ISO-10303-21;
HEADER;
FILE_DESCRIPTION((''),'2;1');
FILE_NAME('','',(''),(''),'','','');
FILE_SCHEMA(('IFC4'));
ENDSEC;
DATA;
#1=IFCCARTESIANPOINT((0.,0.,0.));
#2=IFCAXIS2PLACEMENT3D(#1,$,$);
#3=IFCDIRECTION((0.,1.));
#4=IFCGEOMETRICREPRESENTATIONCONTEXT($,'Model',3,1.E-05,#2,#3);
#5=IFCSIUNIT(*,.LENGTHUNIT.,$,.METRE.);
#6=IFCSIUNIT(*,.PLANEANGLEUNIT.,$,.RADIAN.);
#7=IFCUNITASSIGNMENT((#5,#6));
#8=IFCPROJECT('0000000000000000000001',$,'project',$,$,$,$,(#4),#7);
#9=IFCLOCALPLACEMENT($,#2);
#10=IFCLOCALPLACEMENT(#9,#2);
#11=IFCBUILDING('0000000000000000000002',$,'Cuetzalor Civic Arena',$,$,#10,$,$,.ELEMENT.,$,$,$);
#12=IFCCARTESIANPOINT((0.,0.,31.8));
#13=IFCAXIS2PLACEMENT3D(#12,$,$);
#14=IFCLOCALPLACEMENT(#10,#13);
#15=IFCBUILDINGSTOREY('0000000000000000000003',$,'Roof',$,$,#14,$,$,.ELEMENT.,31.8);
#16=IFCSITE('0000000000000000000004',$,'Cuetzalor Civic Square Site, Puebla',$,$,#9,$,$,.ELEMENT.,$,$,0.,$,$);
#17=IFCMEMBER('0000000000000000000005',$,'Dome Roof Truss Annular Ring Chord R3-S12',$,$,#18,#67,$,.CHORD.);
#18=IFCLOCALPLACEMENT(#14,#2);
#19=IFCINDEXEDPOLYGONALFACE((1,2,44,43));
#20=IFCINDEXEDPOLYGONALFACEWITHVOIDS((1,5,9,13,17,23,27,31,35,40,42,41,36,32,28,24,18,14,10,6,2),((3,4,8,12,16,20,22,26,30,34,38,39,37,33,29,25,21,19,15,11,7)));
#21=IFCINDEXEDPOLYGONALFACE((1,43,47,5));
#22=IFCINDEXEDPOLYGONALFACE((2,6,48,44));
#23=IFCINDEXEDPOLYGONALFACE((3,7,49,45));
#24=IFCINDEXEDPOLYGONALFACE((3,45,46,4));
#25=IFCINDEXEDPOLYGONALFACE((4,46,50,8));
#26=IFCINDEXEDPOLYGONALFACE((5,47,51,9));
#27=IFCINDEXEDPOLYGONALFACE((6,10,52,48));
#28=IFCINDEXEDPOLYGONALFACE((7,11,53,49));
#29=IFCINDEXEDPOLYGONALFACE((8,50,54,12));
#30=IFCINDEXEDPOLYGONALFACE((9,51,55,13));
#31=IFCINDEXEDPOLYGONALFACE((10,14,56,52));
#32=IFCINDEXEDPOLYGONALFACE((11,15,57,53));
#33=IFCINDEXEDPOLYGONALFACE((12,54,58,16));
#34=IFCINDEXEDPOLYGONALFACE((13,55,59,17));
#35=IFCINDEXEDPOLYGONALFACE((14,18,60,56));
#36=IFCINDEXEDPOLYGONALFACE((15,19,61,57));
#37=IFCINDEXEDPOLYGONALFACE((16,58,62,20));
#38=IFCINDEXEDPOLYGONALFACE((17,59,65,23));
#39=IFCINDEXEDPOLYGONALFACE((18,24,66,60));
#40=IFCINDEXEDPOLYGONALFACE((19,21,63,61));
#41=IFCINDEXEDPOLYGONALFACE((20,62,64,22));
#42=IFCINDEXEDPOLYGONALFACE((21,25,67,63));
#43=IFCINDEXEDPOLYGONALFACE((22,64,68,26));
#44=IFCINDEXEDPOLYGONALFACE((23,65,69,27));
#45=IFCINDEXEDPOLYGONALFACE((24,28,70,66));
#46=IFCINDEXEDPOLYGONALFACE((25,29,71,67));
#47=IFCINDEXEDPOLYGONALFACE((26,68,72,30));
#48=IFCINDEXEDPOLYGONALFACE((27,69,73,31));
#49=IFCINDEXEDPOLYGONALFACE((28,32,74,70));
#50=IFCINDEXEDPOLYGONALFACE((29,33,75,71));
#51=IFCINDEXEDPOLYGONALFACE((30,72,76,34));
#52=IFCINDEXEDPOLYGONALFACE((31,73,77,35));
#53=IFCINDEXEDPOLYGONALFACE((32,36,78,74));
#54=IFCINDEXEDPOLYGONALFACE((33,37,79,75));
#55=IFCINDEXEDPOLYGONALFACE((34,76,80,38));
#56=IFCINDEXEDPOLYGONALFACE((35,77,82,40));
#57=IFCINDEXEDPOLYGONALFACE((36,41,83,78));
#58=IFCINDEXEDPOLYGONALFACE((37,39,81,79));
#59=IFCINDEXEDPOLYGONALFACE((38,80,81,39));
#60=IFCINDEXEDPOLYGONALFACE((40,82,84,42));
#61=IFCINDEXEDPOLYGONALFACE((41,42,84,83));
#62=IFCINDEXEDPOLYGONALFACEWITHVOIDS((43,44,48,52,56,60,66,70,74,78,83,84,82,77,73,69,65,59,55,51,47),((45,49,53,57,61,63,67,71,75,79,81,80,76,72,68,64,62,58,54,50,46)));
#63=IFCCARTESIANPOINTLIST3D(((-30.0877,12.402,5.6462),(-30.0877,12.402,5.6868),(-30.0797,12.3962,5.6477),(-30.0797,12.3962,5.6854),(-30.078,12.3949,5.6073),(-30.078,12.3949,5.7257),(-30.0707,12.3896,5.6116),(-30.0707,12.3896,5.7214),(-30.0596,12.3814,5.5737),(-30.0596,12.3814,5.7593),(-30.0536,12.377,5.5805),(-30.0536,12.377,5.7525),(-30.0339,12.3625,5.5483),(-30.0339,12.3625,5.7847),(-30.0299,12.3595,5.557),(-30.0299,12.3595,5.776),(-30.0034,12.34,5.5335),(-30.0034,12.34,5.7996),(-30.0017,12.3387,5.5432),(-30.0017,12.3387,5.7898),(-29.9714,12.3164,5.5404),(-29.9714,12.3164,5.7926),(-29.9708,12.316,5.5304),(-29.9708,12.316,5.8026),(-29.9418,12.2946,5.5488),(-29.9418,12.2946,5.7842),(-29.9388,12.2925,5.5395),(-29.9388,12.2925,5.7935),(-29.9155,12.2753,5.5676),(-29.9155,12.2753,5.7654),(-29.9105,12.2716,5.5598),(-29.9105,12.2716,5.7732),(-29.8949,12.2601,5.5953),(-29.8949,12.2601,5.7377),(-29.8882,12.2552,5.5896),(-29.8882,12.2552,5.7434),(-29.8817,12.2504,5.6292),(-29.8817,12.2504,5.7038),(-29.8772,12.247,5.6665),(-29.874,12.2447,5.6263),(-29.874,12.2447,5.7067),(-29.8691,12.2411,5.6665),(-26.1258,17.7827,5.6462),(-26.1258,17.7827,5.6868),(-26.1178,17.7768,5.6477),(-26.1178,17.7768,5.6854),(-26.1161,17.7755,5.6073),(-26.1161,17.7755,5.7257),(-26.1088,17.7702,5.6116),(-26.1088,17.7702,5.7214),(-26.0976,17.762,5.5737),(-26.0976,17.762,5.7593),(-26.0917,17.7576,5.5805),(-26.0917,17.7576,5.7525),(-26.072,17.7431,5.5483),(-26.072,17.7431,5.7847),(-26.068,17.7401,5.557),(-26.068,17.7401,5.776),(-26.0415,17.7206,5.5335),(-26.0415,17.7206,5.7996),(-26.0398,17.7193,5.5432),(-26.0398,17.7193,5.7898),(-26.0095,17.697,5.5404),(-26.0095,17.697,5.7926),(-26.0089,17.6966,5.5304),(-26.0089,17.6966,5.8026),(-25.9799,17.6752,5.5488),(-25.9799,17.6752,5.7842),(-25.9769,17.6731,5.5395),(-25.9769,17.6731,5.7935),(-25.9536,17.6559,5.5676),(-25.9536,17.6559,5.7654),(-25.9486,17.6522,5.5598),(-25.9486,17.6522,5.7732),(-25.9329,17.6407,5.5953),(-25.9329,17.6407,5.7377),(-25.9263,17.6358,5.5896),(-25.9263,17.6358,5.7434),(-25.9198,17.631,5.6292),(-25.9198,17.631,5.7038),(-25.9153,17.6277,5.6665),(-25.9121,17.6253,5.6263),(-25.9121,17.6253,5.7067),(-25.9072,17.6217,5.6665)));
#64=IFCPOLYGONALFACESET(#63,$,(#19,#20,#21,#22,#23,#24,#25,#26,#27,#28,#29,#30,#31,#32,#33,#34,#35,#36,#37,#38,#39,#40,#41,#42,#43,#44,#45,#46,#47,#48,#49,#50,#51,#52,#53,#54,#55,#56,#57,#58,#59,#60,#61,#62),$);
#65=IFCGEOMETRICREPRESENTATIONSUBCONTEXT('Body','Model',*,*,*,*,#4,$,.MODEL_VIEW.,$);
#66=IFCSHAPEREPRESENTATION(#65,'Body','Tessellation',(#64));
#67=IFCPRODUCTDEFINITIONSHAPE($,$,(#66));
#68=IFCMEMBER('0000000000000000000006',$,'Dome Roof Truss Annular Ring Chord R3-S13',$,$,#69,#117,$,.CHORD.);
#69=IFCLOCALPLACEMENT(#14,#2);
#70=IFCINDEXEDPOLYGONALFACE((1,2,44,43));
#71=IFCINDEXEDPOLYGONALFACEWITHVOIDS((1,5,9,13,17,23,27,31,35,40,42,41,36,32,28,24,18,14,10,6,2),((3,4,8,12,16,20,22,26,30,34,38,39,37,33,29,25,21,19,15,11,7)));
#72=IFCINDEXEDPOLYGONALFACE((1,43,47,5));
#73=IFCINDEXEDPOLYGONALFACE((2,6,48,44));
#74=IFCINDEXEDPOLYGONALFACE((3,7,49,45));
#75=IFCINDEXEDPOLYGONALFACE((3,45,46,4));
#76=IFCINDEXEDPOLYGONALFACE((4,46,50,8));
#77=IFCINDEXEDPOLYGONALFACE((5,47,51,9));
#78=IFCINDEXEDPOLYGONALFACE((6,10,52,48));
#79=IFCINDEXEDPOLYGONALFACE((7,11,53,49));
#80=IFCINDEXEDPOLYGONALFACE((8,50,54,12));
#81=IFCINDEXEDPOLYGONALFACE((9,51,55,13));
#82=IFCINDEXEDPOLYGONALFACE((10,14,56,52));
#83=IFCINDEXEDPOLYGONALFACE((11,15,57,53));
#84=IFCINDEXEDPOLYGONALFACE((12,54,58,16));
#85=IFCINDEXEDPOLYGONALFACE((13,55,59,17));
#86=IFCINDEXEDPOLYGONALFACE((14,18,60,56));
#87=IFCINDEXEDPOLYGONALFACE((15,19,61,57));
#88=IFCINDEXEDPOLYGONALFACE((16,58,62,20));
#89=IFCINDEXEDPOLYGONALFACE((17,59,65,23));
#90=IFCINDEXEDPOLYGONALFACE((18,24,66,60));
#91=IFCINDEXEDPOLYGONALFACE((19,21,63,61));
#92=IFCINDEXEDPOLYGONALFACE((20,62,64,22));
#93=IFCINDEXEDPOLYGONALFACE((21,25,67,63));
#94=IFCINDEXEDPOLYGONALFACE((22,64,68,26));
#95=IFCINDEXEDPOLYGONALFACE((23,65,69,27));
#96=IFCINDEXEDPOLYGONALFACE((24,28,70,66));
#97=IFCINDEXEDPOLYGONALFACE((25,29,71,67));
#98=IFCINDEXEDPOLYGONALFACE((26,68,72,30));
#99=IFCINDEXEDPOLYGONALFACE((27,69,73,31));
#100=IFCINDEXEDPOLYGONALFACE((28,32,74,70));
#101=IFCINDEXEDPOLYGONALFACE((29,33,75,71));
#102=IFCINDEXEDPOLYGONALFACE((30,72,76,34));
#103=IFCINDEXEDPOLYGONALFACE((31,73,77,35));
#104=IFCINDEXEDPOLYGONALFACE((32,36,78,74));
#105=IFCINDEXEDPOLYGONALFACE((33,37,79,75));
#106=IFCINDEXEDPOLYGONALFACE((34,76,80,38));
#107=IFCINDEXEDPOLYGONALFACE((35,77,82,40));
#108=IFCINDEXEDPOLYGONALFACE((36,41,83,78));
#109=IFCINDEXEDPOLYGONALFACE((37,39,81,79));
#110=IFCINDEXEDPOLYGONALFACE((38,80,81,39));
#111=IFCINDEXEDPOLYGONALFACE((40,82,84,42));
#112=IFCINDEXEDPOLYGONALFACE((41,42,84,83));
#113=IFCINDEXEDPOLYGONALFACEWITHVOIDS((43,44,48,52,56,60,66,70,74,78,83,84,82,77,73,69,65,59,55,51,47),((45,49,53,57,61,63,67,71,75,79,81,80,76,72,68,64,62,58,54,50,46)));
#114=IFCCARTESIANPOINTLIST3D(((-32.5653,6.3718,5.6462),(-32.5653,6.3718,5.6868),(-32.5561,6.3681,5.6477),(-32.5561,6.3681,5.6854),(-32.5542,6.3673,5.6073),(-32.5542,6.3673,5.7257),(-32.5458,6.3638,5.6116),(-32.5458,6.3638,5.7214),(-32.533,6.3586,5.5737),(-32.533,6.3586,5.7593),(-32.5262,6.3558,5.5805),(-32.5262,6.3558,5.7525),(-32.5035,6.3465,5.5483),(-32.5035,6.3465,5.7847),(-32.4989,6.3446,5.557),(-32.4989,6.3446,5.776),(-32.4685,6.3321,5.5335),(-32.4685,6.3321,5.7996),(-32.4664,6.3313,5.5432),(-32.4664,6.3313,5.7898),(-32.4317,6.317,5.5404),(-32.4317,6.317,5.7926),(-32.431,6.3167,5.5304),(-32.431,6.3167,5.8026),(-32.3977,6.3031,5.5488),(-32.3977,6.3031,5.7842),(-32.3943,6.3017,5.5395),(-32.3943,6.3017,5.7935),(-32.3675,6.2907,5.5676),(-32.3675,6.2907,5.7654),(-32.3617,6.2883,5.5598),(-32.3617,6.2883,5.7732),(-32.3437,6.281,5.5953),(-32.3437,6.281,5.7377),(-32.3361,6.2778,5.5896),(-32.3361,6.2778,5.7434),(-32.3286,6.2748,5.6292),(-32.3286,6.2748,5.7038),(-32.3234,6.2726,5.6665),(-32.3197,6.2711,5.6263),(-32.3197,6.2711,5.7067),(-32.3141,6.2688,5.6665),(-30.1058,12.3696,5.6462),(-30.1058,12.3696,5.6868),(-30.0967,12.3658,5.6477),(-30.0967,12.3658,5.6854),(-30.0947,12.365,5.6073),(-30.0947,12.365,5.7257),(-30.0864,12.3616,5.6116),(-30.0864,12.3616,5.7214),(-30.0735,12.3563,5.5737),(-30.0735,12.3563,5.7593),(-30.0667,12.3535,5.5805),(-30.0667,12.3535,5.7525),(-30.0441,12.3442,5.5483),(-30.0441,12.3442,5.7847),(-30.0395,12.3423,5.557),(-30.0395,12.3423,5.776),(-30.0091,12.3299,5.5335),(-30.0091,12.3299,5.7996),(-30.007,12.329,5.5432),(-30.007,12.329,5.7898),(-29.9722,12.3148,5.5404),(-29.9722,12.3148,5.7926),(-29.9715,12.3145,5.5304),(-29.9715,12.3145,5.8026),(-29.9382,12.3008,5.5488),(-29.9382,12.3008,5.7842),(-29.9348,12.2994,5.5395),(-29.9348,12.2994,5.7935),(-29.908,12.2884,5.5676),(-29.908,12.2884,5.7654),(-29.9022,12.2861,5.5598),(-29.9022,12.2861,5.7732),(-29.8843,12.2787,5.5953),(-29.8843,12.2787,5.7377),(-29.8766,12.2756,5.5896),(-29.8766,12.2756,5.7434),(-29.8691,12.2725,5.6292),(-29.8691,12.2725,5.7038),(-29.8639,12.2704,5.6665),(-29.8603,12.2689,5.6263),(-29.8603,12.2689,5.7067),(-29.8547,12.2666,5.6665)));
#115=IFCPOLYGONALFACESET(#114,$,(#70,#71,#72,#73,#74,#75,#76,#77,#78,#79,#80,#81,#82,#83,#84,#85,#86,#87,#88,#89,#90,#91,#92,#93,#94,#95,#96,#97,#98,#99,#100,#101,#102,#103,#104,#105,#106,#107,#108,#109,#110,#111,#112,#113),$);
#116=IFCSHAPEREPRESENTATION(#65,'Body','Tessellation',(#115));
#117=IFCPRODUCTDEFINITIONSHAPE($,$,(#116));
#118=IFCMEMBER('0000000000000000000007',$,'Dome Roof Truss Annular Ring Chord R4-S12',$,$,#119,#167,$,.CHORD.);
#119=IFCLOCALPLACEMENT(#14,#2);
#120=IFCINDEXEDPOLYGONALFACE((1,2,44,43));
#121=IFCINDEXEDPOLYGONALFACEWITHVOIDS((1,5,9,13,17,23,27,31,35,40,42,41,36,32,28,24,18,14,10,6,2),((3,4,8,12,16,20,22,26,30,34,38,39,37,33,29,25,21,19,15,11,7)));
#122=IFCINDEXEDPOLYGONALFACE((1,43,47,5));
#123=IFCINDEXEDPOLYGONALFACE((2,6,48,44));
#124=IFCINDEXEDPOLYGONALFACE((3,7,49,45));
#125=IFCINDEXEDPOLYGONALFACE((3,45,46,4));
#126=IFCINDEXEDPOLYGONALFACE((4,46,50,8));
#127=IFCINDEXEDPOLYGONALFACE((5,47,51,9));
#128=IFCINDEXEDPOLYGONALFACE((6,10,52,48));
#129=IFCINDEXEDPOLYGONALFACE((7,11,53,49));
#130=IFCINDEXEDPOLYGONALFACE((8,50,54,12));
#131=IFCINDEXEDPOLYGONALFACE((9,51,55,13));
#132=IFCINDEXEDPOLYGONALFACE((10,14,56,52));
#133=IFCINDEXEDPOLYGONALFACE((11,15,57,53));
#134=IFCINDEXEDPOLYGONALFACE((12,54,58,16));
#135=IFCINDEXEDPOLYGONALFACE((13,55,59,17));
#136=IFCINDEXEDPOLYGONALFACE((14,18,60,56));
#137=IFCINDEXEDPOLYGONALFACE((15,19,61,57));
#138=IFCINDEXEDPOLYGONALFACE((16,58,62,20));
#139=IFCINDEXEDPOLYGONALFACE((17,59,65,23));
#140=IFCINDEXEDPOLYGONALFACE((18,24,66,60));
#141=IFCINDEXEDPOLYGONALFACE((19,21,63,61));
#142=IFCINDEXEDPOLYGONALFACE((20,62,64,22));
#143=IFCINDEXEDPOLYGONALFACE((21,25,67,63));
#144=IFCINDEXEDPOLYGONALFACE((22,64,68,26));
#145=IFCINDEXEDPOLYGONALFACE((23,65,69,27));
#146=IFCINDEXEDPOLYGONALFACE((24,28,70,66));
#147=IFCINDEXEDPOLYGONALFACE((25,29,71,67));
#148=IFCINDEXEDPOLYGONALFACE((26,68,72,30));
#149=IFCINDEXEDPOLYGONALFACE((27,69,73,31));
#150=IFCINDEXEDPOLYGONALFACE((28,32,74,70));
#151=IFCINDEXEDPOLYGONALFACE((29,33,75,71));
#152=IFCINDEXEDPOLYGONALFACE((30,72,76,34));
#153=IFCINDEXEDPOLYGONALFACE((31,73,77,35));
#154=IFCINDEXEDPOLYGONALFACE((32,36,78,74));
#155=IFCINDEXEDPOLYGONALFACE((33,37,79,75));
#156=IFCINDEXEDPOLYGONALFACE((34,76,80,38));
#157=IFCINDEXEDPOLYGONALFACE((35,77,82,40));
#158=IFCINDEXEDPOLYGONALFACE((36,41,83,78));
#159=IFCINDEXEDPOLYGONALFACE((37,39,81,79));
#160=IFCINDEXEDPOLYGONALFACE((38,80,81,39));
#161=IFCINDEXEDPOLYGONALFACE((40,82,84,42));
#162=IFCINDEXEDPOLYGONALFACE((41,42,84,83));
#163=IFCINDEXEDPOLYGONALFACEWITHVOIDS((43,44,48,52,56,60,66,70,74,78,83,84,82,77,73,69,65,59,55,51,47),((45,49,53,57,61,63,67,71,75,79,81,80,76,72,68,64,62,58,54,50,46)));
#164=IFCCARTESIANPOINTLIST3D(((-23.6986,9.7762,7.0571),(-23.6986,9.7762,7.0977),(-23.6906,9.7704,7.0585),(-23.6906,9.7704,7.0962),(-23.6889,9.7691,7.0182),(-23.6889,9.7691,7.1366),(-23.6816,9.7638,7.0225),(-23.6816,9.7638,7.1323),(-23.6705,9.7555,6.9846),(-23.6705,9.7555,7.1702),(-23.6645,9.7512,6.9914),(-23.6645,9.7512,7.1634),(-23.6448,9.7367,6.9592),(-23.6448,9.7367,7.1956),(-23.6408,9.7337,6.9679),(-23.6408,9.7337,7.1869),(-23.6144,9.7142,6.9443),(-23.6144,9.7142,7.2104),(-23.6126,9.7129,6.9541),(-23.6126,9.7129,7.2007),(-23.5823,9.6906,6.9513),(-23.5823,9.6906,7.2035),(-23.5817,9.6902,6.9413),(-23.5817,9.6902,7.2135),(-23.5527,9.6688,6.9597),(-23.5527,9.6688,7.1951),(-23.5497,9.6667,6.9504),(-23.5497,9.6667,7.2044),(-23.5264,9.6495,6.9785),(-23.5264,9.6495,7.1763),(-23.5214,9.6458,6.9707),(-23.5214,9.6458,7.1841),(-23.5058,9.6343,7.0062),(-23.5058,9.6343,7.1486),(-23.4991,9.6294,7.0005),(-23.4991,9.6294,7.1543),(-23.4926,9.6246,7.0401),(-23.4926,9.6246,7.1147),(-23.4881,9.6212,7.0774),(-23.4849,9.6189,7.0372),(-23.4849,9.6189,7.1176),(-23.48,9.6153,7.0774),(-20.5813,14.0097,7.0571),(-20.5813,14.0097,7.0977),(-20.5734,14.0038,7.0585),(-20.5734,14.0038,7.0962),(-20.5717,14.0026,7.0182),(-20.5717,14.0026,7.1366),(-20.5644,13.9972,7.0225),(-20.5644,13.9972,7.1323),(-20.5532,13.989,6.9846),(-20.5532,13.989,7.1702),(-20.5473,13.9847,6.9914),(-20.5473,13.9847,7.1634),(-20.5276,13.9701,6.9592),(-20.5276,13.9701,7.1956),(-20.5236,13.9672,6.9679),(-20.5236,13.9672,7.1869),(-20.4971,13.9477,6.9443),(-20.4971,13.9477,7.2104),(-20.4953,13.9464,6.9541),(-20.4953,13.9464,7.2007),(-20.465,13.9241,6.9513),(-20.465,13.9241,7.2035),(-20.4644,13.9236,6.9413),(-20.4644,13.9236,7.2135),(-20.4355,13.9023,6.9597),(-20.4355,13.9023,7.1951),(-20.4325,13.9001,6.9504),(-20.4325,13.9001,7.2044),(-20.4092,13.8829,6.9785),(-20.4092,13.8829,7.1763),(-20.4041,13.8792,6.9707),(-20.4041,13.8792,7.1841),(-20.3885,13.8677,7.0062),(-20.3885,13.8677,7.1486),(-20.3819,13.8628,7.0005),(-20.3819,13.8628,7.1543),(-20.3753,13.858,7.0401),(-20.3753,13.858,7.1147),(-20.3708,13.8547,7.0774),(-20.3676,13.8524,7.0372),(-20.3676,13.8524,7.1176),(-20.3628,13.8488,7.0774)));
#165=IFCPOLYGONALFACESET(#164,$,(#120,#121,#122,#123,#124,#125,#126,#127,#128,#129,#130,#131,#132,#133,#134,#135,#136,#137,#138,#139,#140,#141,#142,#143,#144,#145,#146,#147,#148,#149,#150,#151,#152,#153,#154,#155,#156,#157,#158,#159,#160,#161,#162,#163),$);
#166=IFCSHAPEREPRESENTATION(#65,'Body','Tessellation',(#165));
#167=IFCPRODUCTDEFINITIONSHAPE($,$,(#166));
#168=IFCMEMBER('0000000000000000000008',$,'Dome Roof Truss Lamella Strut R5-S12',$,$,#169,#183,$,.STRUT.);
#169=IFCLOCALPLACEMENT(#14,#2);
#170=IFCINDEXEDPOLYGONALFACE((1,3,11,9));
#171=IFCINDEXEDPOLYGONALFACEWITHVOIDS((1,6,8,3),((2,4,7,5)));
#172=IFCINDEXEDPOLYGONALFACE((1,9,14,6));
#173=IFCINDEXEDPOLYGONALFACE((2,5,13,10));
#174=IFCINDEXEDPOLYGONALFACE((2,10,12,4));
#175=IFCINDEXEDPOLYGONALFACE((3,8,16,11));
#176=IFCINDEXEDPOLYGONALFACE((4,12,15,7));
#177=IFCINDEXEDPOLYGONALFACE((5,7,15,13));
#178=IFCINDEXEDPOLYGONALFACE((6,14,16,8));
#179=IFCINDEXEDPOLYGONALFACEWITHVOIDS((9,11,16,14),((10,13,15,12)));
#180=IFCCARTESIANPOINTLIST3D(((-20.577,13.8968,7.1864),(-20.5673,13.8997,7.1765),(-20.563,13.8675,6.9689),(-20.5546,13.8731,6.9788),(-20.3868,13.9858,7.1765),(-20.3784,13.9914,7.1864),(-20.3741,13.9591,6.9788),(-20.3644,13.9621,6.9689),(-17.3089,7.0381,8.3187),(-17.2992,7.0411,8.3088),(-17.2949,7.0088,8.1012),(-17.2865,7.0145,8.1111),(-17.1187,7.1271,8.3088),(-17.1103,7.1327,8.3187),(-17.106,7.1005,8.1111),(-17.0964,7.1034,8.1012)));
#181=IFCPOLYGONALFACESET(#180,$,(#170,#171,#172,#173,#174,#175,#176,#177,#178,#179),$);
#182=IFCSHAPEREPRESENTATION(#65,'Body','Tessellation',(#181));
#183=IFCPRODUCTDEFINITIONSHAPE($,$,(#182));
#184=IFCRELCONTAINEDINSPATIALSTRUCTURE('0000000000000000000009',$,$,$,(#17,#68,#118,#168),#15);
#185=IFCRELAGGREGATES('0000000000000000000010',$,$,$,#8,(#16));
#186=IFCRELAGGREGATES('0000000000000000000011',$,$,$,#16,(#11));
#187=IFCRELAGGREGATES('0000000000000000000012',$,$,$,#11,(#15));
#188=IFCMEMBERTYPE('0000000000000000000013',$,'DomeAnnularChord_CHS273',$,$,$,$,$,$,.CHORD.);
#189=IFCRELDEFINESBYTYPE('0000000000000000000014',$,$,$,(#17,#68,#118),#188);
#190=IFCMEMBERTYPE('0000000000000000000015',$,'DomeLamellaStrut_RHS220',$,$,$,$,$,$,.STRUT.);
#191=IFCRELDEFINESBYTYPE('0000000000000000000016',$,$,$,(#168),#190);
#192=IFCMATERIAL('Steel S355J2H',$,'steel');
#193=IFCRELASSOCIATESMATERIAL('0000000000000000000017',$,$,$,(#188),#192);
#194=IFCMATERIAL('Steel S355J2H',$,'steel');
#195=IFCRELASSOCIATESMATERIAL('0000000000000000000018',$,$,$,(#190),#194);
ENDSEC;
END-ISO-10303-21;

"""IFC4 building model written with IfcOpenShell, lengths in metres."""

from ifc_helpers import new_model, si_unit, direction, frame, origin, origin_2d, place, context, subcontext, project, spatial, hollow_rectangle, hollow_circle, extrude, material, material_profile, profile_set, type_object, element, save


model = new_model("IFC4")

# Units and contexts
model_context = context("Model", 3, precision=1e-05, world=origin(), true_north=direction((0.0, 1.0)))
body_context = subcontext(model_context, "Body", "Model", "MODEL_VIEW")
ifc_project = project(units=[si_unit("LENGTHUNIT", "METRE"), si_unit("PLANEANGLEUNIT", "RADIAN")], contexts=[model_context])

# Site, building, storey
site_placement = place(None, origin())
site = spatial("IfcSite", under=ifc_project, at=site_placement, Name="Cuetzalor Civic Square Site, Puebla", CompositionType="ELEMENT", RefElevation=0.0)
building_placement = place(site_placement, origin())
building = spatial("IfcBuilding", under=site, at=building_placement, Name="Cuetzalor Civic Arena", CompositionType="ELEMENT")
storey_placement = place(building_placement, frame((0.0, 0.0, 31.8)))
storey = spatial("IfcBuildingStorey", under=building, at=storey_placement, Name="Roof", CompositionType="ELEMENT", Elevation=31.8)

# Members
ifc_material_1 = material(Name="Steel S355J2H", Category="steel")
ifc_material_profile_1 = material_profile(ifc_material_1, hollow_circle(Radius=0.1365, WallThickness=0.01, at=origin_2d()), Name="CHS 273x10")
ifc_profile_set_1 = profile_set([ifc_material_profile_1], Name="Steel S355J2H")
member_type_1 = type_object("IfcMemberType", Name="DomeAnnularChord_CHS273", PredefinedType="CHORD", material=ifc_profile_set_1)
member_1_placement = place(storey_placement, frame((-26.0171, 17.7026, 5.6665), z_axis=(-0.592932, -0.805252, 0.0), x_axis=(0.805252, -0.592932, 0.0)))
element("IfcMember", 1, at=member_1_placement, inside=storey, type_object=member_type_1, Name="Dome Roof Truss Annular Ring Chord R3-S12", PredefinedType="CHORD", context=body_context, shape_type="SweptSolid", body=[
    extrude(hollow_circle(Radius=0.1365, WallThickness=0.01, at=origin_2d()), origin(), (0.0, 0.0, 1.0), 6.6819),
])
member_2_placement = place(storey_placement, frame((-29.981, 12.3184, 5.6665), z_axis=(-0.379403, -0.925232, 0.0), x_axis=(0.925232, -0.379403, 0.0)))
element("IfcMember", 2, at=member_2_placement, inside=storey, type_object=member_type_1, Name="Dome Roof Truss Annular Ring Chord R3-S13", PredefinedType="CHORD", context=body_context, shape_type="SweptSolid", body=[
    extrude(hollow_circle(Radius=0.1365, WallThickness=0.01, at=origin_2d()), origin(), (0.0, 0.0, 1.0), 6.4824),
])
member_3_placement = place(storey_placement, frame((-20.4727, 13.9297, 7.0774), z_axis=(-0.592933, -0.805252, 0.0), x_axis=(0.805252, -0.592933, 0.0)))
element("IfcMember", 3, at=member_3_placement, inside=storey, type_object=member_type_1, Name="Dome Roof Truss Annular Ring Chord R4-S12", PredefinedType="CHORD", context=body_context, shape_type="SweptSolid", body=[
    extrude(hollow_circle(Radius=0.1365, WallThickness=0.01, at=origin_2d()), origin(), (0.0, 0.0, 1.0), 5.2573),
])
ifc_material_2 = material(Name="Steel S355J2H", Category="steel")
ifc_material_profile_2 = material_profile(ifc_material_2, hollow_rectangle(XDim=0.22, YDim=0.22, WallThickness=0.01, at=origin_2d()), Name="RHS 220x220x10")
ifc_profile_set_2 = profile_set([ifc_material_profile_2], Name="Steel S355J2H")
member_type_2 = type_object("IfcMemberType", Name="DomeLamellaStrut_RHS220", PredefinedType="STRUT", material=ifc_profile_set_2)
member_4_placement = place(storey_placement, frame((-20.4707, 13.9294, 7.0776), z_axis=(0.425454, -0.892894, 0.147412), x_axis=(0.902756, 0.430153, 0.0)))
element("IfcMember", 4, at=member_4_placement, inside=storey, type_object=member_type_2, Name="Dome Roof Truss Lamella Strut R5-S12", PredefinedType="STRUT", context=body_context, shape_type="SweptSolid", body=[
    extrude(hollow_rectangle(XDim=0.22, YDim=0.22, WallThickness=0.01, at=origin_2d()), origin(), (0.0, 0.0, 1.0), 7.6814),
])

save(model, "model.ifc")
